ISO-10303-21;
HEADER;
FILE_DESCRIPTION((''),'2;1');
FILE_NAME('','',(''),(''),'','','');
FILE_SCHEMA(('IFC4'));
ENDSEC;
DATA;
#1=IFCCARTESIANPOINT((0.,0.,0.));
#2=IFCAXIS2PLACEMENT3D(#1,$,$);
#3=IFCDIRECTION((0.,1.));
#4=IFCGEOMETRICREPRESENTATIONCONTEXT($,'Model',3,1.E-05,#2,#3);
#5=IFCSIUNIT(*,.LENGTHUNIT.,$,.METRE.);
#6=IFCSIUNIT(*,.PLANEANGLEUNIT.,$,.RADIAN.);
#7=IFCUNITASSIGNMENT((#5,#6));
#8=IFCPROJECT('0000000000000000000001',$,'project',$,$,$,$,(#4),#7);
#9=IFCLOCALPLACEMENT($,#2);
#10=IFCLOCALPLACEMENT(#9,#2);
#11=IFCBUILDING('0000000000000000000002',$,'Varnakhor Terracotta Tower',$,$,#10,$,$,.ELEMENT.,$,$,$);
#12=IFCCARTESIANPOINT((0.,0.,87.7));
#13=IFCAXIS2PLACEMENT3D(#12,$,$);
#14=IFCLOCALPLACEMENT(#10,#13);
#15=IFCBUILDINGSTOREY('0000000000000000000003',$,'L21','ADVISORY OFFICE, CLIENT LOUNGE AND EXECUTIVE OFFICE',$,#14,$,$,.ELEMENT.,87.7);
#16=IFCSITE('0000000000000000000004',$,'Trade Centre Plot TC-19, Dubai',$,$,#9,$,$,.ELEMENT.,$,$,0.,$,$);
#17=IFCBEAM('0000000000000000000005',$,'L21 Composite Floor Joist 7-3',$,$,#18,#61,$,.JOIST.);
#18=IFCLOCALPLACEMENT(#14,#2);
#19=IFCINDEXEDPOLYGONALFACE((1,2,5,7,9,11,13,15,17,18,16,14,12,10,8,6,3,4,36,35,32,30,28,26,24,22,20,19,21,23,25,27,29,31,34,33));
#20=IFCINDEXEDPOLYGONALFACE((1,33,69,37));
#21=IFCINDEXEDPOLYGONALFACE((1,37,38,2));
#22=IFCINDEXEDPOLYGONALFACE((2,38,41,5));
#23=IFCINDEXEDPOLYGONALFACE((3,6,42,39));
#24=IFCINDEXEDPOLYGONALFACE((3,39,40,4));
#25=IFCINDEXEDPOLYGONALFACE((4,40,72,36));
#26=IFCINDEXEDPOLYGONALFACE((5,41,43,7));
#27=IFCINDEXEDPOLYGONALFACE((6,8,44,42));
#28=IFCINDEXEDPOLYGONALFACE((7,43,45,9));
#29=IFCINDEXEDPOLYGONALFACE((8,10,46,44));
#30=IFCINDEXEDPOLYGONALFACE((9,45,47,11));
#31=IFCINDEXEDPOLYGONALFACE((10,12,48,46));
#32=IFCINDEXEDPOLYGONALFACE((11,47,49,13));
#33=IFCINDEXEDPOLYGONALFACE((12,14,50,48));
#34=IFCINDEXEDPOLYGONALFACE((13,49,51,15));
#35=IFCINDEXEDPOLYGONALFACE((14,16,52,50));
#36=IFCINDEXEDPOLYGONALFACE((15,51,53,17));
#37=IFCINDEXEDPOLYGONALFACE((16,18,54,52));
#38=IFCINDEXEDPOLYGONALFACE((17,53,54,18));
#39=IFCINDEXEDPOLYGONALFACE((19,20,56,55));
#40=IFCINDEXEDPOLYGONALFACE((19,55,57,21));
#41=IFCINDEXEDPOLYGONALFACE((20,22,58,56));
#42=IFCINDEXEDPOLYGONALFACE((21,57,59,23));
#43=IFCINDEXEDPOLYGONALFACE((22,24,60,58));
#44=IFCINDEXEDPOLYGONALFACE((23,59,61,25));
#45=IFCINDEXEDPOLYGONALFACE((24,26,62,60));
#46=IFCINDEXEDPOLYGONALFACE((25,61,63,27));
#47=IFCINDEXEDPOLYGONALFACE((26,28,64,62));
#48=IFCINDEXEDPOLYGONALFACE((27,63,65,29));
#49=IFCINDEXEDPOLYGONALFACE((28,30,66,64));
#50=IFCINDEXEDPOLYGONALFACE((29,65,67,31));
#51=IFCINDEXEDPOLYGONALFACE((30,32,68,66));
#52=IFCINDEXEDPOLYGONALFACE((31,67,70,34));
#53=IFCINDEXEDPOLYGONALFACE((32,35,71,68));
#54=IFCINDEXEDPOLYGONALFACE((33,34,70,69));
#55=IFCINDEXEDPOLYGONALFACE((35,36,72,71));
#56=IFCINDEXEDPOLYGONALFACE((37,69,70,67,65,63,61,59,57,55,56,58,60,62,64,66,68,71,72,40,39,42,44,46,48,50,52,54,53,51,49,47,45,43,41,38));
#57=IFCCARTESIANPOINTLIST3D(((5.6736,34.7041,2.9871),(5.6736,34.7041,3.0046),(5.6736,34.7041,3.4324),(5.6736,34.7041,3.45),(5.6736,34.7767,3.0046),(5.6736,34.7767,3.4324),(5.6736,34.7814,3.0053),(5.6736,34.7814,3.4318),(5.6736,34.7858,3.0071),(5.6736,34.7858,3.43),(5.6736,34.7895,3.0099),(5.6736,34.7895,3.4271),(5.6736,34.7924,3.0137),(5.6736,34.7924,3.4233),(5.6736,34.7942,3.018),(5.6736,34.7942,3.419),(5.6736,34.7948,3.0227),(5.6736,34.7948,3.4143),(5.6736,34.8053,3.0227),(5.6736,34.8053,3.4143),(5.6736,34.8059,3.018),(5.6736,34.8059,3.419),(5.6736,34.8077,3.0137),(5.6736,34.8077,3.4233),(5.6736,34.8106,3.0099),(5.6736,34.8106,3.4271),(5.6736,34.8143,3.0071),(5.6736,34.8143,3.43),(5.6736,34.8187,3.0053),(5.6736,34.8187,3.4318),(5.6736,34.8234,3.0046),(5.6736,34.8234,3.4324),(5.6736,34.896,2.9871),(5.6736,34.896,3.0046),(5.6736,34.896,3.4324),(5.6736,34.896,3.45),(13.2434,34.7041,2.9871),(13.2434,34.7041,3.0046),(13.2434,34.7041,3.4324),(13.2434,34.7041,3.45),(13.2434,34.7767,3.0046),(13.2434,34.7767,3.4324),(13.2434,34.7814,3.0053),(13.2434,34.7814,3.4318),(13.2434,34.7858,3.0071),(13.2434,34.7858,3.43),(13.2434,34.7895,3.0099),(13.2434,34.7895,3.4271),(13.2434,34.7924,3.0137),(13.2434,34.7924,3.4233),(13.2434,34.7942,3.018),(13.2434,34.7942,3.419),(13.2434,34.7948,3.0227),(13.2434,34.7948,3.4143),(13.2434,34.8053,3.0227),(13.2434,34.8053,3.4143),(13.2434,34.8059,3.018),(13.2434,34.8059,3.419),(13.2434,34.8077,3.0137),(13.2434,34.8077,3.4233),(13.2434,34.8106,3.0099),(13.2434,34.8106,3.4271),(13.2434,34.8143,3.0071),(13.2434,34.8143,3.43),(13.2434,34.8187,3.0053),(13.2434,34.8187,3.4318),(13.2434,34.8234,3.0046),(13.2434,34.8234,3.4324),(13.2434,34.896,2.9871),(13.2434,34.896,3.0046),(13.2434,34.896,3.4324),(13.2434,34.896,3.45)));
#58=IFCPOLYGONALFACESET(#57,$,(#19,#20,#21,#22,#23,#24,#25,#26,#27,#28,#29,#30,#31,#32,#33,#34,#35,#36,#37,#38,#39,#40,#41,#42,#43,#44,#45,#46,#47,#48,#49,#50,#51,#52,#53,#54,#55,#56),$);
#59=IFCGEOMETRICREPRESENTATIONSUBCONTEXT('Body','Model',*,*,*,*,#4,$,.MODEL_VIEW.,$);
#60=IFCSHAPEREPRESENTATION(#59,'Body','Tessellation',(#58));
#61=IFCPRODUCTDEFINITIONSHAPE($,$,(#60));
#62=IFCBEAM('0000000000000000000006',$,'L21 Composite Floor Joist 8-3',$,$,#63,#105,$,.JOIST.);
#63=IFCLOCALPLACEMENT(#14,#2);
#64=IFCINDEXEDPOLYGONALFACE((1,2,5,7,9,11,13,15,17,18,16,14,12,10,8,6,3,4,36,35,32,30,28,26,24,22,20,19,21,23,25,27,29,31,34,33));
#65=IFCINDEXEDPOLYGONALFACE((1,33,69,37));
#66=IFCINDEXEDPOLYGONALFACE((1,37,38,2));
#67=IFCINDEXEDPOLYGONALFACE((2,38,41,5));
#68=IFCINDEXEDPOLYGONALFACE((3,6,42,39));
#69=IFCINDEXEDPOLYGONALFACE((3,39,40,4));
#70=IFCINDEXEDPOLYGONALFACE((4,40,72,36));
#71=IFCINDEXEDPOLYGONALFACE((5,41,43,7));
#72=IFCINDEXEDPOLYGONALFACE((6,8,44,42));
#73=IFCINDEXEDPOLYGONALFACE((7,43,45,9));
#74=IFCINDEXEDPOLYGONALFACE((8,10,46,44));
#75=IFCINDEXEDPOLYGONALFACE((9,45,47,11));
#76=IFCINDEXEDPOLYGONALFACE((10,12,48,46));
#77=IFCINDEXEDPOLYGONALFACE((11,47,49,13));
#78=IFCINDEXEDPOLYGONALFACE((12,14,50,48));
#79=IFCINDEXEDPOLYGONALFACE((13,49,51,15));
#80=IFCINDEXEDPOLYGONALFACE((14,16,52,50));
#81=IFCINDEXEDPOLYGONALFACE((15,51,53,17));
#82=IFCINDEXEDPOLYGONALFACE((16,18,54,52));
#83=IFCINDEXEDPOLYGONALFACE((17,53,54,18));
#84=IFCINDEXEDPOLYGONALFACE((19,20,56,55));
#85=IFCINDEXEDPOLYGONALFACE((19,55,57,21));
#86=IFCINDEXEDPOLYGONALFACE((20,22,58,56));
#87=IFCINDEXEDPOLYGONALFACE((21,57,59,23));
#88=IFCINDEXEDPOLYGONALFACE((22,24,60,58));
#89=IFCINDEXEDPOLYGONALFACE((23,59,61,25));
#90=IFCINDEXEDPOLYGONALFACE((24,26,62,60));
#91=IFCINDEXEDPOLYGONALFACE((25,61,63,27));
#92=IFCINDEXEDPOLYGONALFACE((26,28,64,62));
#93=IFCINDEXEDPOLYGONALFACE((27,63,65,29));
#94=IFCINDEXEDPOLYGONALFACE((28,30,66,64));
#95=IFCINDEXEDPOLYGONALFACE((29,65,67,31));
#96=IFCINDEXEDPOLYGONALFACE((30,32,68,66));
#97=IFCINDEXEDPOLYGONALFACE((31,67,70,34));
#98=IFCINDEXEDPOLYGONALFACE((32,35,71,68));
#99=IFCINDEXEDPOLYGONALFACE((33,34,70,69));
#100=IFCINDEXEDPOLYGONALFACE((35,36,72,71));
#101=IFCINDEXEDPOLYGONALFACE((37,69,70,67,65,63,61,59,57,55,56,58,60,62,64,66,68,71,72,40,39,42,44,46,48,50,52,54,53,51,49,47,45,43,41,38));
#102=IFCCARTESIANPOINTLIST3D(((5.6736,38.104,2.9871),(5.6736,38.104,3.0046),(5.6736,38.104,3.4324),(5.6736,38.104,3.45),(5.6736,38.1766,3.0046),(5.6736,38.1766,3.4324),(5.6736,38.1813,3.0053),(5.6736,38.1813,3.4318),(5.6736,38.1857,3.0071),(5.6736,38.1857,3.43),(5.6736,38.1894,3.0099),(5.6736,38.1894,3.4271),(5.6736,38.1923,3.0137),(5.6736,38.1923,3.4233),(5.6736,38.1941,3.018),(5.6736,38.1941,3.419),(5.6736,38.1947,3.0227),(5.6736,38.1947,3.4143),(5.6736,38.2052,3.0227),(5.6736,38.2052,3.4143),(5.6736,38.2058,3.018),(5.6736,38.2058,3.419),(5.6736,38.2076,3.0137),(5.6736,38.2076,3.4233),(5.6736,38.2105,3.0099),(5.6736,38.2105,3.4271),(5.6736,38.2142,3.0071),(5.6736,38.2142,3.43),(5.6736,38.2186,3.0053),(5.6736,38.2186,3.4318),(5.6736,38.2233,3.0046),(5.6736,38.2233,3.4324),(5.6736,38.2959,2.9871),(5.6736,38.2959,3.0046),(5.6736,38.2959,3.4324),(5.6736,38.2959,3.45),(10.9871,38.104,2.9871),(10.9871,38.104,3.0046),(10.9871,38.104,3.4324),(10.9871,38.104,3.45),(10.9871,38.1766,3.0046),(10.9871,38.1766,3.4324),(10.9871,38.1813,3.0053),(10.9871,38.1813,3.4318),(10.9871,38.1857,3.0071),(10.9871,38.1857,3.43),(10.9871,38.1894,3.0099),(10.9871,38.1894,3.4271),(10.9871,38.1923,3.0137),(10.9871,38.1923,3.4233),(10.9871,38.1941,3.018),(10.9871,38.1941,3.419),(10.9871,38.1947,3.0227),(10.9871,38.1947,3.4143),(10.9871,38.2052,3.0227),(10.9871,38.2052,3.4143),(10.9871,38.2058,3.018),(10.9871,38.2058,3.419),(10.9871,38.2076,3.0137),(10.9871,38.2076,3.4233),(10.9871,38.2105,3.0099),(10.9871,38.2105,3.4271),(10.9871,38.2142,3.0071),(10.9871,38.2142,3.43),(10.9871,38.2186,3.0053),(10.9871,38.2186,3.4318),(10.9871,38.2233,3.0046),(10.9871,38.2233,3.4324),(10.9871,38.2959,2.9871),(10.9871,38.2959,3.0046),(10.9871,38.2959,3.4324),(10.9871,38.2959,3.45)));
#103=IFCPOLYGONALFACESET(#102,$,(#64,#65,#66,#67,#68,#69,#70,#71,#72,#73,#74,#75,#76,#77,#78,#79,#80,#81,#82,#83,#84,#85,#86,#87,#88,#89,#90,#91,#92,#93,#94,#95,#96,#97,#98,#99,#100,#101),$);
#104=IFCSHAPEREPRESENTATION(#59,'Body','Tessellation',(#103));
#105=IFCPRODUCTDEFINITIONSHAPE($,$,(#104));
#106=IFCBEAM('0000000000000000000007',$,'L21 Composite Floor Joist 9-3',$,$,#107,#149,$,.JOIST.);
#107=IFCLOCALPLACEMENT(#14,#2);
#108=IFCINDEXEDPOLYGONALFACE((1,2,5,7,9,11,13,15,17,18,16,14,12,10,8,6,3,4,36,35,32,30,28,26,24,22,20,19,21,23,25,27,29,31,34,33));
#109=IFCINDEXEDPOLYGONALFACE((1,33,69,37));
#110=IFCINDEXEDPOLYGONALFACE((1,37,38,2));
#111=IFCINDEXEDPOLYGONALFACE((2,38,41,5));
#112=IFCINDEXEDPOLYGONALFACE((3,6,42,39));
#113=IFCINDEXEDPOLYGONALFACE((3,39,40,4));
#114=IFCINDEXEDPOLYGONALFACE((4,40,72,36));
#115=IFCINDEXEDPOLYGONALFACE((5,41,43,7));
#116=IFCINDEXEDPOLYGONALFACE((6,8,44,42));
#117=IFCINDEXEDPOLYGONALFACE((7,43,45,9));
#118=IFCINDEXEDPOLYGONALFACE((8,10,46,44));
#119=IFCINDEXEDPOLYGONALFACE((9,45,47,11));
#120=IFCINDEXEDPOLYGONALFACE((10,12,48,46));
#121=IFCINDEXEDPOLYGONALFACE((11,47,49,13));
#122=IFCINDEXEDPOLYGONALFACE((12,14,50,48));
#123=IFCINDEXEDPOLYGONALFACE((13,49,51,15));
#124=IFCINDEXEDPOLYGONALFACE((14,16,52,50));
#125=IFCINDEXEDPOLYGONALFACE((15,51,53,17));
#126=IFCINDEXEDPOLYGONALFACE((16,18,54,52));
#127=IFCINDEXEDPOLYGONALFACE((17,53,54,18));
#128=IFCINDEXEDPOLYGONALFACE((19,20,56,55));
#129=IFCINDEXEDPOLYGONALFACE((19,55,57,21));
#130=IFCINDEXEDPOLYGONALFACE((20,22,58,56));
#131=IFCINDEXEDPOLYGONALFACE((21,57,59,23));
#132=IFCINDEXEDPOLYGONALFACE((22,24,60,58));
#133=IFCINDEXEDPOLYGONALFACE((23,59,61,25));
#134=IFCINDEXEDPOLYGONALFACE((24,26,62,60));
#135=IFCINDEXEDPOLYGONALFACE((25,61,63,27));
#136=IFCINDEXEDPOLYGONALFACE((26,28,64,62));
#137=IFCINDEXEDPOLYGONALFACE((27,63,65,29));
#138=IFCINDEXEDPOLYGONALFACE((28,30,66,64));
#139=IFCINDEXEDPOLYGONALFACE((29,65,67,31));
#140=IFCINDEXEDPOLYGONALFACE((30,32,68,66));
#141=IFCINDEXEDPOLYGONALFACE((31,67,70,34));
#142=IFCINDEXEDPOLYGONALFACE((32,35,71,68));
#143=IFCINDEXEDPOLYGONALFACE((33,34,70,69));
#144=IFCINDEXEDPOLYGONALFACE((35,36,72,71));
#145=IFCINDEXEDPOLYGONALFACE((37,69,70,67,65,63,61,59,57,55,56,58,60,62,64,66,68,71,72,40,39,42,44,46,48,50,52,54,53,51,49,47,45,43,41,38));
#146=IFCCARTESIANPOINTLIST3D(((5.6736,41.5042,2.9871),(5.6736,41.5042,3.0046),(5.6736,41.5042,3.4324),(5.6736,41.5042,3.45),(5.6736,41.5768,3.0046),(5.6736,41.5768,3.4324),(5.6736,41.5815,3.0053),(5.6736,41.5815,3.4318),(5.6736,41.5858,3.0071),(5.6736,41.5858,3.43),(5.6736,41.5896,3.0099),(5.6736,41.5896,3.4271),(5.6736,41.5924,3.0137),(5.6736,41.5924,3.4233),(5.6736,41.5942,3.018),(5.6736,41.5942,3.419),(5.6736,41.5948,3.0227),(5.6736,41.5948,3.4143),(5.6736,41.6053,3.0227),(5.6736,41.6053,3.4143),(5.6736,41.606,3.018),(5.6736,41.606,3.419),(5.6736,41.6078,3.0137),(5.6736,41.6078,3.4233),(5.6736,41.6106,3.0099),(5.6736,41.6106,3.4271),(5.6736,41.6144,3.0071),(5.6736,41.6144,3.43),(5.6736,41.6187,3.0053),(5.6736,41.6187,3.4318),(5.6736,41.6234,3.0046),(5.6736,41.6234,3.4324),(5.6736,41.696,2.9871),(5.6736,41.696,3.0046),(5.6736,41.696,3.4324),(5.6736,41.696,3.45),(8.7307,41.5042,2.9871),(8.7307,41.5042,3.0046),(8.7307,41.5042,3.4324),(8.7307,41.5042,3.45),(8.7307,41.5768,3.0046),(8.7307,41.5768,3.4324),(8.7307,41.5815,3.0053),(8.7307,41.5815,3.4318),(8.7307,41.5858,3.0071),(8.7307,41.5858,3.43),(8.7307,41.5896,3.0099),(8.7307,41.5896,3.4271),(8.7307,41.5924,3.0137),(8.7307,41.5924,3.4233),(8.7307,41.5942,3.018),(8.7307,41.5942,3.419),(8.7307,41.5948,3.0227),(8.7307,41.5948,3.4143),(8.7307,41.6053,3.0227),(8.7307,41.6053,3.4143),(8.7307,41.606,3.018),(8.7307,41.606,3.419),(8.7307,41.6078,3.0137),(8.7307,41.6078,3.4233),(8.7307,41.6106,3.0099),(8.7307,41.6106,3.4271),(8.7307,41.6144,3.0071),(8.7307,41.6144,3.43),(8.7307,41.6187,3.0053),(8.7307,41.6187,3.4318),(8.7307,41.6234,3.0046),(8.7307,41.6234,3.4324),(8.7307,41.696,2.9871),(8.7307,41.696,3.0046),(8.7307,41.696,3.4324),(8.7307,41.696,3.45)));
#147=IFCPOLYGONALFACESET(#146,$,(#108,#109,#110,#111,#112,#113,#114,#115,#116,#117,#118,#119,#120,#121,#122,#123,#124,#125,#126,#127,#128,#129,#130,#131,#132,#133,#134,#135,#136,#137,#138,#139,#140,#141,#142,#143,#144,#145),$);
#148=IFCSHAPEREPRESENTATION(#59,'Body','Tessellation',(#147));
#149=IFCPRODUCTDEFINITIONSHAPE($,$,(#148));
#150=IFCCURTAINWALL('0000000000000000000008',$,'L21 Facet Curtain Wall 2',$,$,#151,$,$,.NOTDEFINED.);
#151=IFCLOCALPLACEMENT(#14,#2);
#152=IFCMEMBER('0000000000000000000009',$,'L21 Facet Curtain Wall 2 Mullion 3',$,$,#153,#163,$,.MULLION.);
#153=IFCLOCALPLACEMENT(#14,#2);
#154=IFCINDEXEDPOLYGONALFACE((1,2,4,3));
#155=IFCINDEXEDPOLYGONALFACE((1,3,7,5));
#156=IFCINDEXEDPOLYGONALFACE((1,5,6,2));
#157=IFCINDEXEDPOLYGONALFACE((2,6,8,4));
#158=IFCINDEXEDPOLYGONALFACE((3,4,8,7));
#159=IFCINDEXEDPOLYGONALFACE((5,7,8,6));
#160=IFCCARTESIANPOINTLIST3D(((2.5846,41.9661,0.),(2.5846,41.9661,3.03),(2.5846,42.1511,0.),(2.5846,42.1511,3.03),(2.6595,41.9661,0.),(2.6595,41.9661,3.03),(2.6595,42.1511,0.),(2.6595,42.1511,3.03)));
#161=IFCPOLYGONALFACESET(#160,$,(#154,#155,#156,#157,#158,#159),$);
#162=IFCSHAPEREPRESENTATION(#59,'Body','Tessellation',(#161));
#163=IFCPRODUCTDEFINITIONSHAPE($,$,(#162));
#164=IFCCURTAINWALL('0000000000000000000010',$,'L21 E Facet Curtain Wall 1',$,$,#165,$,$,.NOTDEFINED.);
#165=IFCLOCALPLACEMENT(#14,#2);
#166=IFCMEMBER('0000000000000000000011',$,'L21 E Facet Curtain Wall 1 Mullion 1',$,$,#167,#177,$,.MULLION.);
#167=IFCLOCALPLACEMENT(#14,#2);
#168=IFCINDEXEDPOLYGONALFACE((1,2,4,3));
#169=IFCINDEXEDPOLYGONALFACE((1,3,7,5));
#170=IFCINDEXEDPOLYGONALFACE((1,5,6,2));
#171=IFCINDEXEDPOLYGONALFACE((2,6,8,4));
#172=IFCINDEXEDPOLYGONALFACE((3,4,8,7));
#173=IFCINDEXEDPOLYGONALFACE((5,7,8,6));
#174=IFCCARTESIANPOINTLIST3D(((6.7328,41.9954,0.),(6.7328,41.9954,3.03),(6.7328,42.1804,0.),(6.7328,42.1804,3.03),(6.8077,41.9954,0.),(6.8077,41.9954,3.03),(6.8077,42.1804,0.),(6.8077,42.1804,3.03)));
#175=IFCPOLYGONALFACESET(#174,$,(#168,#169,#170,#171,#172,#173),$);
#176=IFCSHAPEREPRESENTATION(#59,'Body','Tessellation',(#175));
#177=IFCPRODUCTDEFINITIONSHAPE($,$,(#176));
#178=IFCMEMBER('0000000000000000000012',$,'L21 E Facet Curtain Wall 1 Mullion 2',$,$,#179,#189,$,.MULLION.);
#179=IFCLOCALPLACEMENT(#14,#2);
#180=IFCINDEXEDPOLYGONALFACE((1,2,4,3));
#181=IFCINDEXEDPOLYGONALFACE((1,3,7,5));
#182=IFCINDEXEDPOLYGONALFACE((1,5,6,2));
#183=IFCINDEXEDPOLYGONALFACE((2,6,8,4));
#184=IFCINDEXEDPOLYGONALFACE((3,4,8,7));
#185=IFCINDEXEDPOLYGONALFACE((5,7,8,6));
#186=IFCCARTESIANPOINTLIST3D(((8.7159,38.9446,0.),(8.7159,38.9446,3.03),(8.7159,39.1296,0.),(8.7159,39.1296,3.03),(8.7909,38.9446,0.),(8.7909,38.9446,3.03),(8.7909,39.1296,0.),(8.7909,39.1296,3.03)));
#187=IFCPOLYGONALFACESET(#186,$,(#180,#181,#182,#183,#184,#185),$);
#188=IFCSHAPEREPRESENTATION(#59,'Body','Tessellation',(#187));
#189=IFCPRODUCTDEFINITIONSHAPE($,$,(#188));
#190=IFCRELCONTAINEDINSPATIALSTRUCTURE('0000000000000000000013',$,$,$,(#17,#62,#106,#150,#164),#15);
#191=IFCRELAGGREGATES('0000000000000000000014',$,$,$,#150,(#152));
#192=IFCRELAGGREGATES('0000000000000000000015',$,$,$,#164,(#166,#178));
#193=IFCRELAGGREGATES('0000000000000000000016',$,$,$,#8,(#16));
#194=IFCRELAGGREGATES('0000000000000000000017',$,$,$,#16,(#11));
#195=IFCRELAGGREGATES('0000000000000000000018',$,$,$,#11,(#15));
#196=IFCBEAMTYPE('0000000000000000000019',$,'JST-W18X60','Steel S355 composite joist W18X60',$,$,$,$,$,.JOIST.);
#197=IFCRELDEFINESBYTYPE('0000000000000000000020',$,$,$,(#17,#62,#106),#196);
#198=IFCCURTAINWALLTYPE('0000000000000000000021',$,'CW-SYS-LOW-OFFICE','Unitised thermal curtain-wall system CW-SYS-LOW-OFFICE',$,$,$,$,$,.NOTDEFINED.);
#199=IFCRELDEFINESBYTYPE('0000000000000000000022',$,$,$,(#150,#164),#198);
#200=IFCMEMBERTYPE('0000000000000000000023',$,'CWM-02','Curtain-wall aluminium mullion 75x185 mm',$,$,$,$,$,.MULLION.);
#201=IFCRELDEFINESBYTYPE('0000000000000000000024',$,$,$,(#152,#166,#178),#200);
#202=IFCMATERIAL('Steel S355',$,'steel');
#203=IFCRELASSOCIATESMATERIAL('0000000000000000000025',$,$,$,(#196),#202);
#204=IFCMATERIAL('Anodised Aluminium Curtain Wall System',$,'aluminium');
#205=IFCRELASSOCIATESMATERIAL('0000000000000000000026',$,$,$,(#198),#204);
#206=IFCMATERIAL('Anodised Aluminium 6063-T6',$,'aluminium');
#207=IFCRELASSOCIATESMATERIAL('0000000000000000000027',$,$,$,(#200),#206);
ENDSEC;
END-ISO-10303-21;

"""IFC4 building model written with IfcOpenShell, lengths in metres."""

from ifc_helpers import new_model, si_unit, direction, frame, origin, origin_2d, place, context, subcontext, project, spatial, rectangle, i_section, extrude, source, transform, mapped, material, material_profile, profile_set, type_object, type_shapes, element, aggregate, save


model = new_model("IFC4")

# Units and contexts
model_context = context("Model", 3, precision=1e-05, world=origin(), true_north=direction((0.0, 1.0)))
body_context = subcontext(model_context, "Body", "Model", "MODEL_VIEW")
ifc_project = project(units=[si_unit("LENGTHUNIT", "METRE"), si_unit("PLANEANGLEUNIT", "RADIAN")], contexts=[model_context])

# Site, building, storey
site_placement = place(None, origin())
site = spatial("IfcSite", under=ifc_project, at=site_placement, Name="Trade Centre Plot TC-19, Dubai", CompositionType="ELEMENT", RefElevation=0.0)
building_placement = place(site_placement, origin())
building = spatial("IfcBuilding", under=site, at=building_placement, Name="Varnakhor Terracotta Tower", CompositionType="ELEMENT")
storey_placement = place(building_placement, frame((0.0, 0.0, 87.7)))
storey = spatial("IfcBuildingStorey", under=building, at=storey_placement, Name="L21", Description="ADVISORY OFFICE, CLIENT LOUNGE AND EXECUTIVE OFFICE", CompositionType="ELEMENT", Elevation=87.7)

# Beams
ifc_material_1 = material(Name="Steel S355", Category="steel")
ifc_material_profile_1 = material_profile(ifc_material_1, i_section(OverallWidth=0.1919, OverallDepth=0.4629, WebThickness=0.0105, FlangeThickness=0.0176, FilletRadius=0.0181, at=origin_2d()), Name="W18X60")
ifc_profile_set_1 = profile_set([ifc_material_profile_1], Name="Steel S355")
beam_type_1 = type_object("IfcBeamType", Name="JST-W18X60", Description="Steel S355 composite joist W18X60", PredefinedType="JOIST", material=ifc_profile_set_1)
shared_shape_1 = source(origin(), body_context, "Body", "SweptSolid", [
    extrude(i_section(OverallWidth=0.1919, OverallDepth=0.4629, WebThickness=0.0105, FlangeThickness=0.0176, FilletRadius=0.0181, at=origin_2d()), origin(), (0.0, 0.0, 1.0), 7.5698),
])
beam_1_placement = place(storey_placement, frame((5.6736, 34.8, 3.2185), z_axis=(1.0, 0.0, 0.0), x_axis=(0.0, 1.0, 0.0)))
element("IfcBeam", 1, at=beam_1_placement, inside=storey, type_object=beam_type_1, Name="L21 Composite Floor Joist 7-3", PredefinedType="JOIST", context=body_context, shape_type="MappedRepresentation", body=[
    mapped(shared_shape_1, transform((0.0, 0.0, 0.0), scale=1.0)),
])
shared_shape_2 = source(origin(), body_context, "Body", "SweptSolid", [
    extrude(i_section(OverallWidth=0.1919, OverallDepth=0.4629, WebThickness=0.0105, FlangeThickness=0.0176, FilletRadius=0.0181, at=origin_2d()), origin(), (0.0, 0.0, 1.0), 5.3135),
])
beam_2_placement = place(storey_placement, frame((5.6736, 38.2, 3.2185), z_axis=(1.0, 0.0, 0.0), x_axis=(0.0, 1.0, 0.0)))
element("IfcBeam", 2, at=beam_2_placement, inside=storey, type_object=beam_type_1, Name="L21 Composite Floor Joist 8-3", PredefinedType="JOIST", context=body_context, shape_type="MappedRepresentation", body=[
    mapped(shared_shape_2, transform((0.0, 0.0, 0.0), scale=1.0)),
])
shared_shape_3 = source(origin(), body_context, "Body", "SweptSolid", [
    extrude(i_section(OverallWidth=0.1919, OverallDepth=0.4629, WebThickness=0.0105, FlangeThickness=0.0176, FilletRadius=0.0181, at=origin_2d()), origin(), (0.0, 0.0, 1.0), 3.0571),
])
beam_3_placement = place(storey_placement, frame((5.6736, 41.6001, 3.2185), z_axis=(1.0, 0.0, 0.0), x_axis=(0.0, 1.0, 0.0)))
element("IfcBeam", 3, at=beam_3_placement, inside=storey, type_object=beam_type_1, Name="L21 Composite Floor Joist 9-3", PredefinedType="JOIST", context=body_context, shape_type="MappedRepresentation", body=[
    mapped(shared_shape_3, transform((0.0, 0.0, 0.0), scale=1.0)),
])

# Curtain wall, member
ifc_material_2 = material(Name="Anodised Aluminium Curtain Wall System", Category="aluminium")
curtain_wall_type = type_object("IfcCurtainWallType", Name="CW-SYS-LOW-OFFICE", Description="Unitised thermal curtain-wall system CW-SYS-LOW-OFFICE", PredefinedType="NOTDEFINED", material=ifc_material_2)
curtain_wall_1_placement = place(storey_placement, origin())
curtain_wall_1 = element("IfcCurtainWall", 4, at=curtain_wall_1_placement, inside=storey, type_object=curtain_wall_type, Name="L21 Facet Curtain Wall 2", PredefinedType="NOTDEFINED")
ifc_material_3 = material(Name="Anodised Aluminium 6063-T6", Category="aluminium")
ifc_material_profile_2 = material_profile(ifc_material_3, rectangle(XDim=0.075, YDim=0.1851, at=origin_2d()), Name="ALU MULLION 75x185")
ifc_profile_set_2 = profile_set([ifc_material_profile_2], Name="Anodised Aluminium 6063-T6")
member_type_1 = type_object("IfcMemberType", Name="CWM-02", Description="Curtain-wall aluminium mullion 75x185 mm", PredefinedType="MULLION", material=ifc_profile_set_2)
shared_shape_4 = source(origin(), body_context, "Body", "SweptSolid", [
    extrude(rectangle(XDim=0.075, YDim=0.1851, at=origin_2d()), origin(), (0.0, 0.0, 1.0), 3.03),
])
type_shapes(member_type_1, [shared_shape_4])
member_1_placement = place(storey_placement, frame((2.6221, 42.0586, 0.0), z_axis=(0.0, 0.0, 1.0), x_axis=(1.0, 0.0, 0.0)))
member_1 = element("IfcMember", 5, at=member_1_placement, type_object=member_type_1, Name="L21 Facet Curtain Wall 2 Mullion 3", PredefinedType="MULLION", context=body_context, shape_type="MappedRepresentation", body=[
    mapped(shared_shape_4, transform((0.0, 0.0, 0.0), scale=1.0)),
])

# Curtain wall, members
curtain_wall_2_placement = place(storey_placement, origin())
curtain_wall_2 = element("IfcCurtainWall", 6, at=curtain_wall_2_placement, inside=storey, type_object=curtain_wall_type, Name="L21 E Facet Curtain Wall 1", PredefinedType="NOTDEFINED")
member_2_placement = place(storey_placement, frame((6.7703, 42.0879, 0.0), z_axis=(0.0, 0.0, 1.0), x_axis=(1.0, 0.0, 0.0)))
member_2 = element("IfcMember", 7, at=member_2_placement, type_object=member_type_1, Name="L21 E Facet Curtain Wall 1 Mullion 1", PredefinedType="MULLION", context=body_context, shape_type="MappedRepresentation", body=[
    mapped(shared_shape_4, transform((0.0, 0.0, 0.0), scale=1.0)),
])
member_3_placement = place(storey_placement, frame((8.7534, 39.0371, 0.0), z_axis=(0.0, 0.0, 1.0), x_axis=(1.0, 0.0, 0.0)))
member_3 = element("IfcMember", 8, at=member_3_placement, type_object=member_type_1, Name="L21 E Facet Curtain Wall 1 Mullion 2", PredefinedType="MULLION", context=body_context, shape_type="MappedRepresentation", body=[
    mapped(shared_shape_4, transform((0.0, 0.0, 0.0), scale=1.0)),
])

aggregate(curtain_wall_1, [member_1])
aggregate(curtain_wall_2, [member_2, member_3])

save(model, "model.ifc")
